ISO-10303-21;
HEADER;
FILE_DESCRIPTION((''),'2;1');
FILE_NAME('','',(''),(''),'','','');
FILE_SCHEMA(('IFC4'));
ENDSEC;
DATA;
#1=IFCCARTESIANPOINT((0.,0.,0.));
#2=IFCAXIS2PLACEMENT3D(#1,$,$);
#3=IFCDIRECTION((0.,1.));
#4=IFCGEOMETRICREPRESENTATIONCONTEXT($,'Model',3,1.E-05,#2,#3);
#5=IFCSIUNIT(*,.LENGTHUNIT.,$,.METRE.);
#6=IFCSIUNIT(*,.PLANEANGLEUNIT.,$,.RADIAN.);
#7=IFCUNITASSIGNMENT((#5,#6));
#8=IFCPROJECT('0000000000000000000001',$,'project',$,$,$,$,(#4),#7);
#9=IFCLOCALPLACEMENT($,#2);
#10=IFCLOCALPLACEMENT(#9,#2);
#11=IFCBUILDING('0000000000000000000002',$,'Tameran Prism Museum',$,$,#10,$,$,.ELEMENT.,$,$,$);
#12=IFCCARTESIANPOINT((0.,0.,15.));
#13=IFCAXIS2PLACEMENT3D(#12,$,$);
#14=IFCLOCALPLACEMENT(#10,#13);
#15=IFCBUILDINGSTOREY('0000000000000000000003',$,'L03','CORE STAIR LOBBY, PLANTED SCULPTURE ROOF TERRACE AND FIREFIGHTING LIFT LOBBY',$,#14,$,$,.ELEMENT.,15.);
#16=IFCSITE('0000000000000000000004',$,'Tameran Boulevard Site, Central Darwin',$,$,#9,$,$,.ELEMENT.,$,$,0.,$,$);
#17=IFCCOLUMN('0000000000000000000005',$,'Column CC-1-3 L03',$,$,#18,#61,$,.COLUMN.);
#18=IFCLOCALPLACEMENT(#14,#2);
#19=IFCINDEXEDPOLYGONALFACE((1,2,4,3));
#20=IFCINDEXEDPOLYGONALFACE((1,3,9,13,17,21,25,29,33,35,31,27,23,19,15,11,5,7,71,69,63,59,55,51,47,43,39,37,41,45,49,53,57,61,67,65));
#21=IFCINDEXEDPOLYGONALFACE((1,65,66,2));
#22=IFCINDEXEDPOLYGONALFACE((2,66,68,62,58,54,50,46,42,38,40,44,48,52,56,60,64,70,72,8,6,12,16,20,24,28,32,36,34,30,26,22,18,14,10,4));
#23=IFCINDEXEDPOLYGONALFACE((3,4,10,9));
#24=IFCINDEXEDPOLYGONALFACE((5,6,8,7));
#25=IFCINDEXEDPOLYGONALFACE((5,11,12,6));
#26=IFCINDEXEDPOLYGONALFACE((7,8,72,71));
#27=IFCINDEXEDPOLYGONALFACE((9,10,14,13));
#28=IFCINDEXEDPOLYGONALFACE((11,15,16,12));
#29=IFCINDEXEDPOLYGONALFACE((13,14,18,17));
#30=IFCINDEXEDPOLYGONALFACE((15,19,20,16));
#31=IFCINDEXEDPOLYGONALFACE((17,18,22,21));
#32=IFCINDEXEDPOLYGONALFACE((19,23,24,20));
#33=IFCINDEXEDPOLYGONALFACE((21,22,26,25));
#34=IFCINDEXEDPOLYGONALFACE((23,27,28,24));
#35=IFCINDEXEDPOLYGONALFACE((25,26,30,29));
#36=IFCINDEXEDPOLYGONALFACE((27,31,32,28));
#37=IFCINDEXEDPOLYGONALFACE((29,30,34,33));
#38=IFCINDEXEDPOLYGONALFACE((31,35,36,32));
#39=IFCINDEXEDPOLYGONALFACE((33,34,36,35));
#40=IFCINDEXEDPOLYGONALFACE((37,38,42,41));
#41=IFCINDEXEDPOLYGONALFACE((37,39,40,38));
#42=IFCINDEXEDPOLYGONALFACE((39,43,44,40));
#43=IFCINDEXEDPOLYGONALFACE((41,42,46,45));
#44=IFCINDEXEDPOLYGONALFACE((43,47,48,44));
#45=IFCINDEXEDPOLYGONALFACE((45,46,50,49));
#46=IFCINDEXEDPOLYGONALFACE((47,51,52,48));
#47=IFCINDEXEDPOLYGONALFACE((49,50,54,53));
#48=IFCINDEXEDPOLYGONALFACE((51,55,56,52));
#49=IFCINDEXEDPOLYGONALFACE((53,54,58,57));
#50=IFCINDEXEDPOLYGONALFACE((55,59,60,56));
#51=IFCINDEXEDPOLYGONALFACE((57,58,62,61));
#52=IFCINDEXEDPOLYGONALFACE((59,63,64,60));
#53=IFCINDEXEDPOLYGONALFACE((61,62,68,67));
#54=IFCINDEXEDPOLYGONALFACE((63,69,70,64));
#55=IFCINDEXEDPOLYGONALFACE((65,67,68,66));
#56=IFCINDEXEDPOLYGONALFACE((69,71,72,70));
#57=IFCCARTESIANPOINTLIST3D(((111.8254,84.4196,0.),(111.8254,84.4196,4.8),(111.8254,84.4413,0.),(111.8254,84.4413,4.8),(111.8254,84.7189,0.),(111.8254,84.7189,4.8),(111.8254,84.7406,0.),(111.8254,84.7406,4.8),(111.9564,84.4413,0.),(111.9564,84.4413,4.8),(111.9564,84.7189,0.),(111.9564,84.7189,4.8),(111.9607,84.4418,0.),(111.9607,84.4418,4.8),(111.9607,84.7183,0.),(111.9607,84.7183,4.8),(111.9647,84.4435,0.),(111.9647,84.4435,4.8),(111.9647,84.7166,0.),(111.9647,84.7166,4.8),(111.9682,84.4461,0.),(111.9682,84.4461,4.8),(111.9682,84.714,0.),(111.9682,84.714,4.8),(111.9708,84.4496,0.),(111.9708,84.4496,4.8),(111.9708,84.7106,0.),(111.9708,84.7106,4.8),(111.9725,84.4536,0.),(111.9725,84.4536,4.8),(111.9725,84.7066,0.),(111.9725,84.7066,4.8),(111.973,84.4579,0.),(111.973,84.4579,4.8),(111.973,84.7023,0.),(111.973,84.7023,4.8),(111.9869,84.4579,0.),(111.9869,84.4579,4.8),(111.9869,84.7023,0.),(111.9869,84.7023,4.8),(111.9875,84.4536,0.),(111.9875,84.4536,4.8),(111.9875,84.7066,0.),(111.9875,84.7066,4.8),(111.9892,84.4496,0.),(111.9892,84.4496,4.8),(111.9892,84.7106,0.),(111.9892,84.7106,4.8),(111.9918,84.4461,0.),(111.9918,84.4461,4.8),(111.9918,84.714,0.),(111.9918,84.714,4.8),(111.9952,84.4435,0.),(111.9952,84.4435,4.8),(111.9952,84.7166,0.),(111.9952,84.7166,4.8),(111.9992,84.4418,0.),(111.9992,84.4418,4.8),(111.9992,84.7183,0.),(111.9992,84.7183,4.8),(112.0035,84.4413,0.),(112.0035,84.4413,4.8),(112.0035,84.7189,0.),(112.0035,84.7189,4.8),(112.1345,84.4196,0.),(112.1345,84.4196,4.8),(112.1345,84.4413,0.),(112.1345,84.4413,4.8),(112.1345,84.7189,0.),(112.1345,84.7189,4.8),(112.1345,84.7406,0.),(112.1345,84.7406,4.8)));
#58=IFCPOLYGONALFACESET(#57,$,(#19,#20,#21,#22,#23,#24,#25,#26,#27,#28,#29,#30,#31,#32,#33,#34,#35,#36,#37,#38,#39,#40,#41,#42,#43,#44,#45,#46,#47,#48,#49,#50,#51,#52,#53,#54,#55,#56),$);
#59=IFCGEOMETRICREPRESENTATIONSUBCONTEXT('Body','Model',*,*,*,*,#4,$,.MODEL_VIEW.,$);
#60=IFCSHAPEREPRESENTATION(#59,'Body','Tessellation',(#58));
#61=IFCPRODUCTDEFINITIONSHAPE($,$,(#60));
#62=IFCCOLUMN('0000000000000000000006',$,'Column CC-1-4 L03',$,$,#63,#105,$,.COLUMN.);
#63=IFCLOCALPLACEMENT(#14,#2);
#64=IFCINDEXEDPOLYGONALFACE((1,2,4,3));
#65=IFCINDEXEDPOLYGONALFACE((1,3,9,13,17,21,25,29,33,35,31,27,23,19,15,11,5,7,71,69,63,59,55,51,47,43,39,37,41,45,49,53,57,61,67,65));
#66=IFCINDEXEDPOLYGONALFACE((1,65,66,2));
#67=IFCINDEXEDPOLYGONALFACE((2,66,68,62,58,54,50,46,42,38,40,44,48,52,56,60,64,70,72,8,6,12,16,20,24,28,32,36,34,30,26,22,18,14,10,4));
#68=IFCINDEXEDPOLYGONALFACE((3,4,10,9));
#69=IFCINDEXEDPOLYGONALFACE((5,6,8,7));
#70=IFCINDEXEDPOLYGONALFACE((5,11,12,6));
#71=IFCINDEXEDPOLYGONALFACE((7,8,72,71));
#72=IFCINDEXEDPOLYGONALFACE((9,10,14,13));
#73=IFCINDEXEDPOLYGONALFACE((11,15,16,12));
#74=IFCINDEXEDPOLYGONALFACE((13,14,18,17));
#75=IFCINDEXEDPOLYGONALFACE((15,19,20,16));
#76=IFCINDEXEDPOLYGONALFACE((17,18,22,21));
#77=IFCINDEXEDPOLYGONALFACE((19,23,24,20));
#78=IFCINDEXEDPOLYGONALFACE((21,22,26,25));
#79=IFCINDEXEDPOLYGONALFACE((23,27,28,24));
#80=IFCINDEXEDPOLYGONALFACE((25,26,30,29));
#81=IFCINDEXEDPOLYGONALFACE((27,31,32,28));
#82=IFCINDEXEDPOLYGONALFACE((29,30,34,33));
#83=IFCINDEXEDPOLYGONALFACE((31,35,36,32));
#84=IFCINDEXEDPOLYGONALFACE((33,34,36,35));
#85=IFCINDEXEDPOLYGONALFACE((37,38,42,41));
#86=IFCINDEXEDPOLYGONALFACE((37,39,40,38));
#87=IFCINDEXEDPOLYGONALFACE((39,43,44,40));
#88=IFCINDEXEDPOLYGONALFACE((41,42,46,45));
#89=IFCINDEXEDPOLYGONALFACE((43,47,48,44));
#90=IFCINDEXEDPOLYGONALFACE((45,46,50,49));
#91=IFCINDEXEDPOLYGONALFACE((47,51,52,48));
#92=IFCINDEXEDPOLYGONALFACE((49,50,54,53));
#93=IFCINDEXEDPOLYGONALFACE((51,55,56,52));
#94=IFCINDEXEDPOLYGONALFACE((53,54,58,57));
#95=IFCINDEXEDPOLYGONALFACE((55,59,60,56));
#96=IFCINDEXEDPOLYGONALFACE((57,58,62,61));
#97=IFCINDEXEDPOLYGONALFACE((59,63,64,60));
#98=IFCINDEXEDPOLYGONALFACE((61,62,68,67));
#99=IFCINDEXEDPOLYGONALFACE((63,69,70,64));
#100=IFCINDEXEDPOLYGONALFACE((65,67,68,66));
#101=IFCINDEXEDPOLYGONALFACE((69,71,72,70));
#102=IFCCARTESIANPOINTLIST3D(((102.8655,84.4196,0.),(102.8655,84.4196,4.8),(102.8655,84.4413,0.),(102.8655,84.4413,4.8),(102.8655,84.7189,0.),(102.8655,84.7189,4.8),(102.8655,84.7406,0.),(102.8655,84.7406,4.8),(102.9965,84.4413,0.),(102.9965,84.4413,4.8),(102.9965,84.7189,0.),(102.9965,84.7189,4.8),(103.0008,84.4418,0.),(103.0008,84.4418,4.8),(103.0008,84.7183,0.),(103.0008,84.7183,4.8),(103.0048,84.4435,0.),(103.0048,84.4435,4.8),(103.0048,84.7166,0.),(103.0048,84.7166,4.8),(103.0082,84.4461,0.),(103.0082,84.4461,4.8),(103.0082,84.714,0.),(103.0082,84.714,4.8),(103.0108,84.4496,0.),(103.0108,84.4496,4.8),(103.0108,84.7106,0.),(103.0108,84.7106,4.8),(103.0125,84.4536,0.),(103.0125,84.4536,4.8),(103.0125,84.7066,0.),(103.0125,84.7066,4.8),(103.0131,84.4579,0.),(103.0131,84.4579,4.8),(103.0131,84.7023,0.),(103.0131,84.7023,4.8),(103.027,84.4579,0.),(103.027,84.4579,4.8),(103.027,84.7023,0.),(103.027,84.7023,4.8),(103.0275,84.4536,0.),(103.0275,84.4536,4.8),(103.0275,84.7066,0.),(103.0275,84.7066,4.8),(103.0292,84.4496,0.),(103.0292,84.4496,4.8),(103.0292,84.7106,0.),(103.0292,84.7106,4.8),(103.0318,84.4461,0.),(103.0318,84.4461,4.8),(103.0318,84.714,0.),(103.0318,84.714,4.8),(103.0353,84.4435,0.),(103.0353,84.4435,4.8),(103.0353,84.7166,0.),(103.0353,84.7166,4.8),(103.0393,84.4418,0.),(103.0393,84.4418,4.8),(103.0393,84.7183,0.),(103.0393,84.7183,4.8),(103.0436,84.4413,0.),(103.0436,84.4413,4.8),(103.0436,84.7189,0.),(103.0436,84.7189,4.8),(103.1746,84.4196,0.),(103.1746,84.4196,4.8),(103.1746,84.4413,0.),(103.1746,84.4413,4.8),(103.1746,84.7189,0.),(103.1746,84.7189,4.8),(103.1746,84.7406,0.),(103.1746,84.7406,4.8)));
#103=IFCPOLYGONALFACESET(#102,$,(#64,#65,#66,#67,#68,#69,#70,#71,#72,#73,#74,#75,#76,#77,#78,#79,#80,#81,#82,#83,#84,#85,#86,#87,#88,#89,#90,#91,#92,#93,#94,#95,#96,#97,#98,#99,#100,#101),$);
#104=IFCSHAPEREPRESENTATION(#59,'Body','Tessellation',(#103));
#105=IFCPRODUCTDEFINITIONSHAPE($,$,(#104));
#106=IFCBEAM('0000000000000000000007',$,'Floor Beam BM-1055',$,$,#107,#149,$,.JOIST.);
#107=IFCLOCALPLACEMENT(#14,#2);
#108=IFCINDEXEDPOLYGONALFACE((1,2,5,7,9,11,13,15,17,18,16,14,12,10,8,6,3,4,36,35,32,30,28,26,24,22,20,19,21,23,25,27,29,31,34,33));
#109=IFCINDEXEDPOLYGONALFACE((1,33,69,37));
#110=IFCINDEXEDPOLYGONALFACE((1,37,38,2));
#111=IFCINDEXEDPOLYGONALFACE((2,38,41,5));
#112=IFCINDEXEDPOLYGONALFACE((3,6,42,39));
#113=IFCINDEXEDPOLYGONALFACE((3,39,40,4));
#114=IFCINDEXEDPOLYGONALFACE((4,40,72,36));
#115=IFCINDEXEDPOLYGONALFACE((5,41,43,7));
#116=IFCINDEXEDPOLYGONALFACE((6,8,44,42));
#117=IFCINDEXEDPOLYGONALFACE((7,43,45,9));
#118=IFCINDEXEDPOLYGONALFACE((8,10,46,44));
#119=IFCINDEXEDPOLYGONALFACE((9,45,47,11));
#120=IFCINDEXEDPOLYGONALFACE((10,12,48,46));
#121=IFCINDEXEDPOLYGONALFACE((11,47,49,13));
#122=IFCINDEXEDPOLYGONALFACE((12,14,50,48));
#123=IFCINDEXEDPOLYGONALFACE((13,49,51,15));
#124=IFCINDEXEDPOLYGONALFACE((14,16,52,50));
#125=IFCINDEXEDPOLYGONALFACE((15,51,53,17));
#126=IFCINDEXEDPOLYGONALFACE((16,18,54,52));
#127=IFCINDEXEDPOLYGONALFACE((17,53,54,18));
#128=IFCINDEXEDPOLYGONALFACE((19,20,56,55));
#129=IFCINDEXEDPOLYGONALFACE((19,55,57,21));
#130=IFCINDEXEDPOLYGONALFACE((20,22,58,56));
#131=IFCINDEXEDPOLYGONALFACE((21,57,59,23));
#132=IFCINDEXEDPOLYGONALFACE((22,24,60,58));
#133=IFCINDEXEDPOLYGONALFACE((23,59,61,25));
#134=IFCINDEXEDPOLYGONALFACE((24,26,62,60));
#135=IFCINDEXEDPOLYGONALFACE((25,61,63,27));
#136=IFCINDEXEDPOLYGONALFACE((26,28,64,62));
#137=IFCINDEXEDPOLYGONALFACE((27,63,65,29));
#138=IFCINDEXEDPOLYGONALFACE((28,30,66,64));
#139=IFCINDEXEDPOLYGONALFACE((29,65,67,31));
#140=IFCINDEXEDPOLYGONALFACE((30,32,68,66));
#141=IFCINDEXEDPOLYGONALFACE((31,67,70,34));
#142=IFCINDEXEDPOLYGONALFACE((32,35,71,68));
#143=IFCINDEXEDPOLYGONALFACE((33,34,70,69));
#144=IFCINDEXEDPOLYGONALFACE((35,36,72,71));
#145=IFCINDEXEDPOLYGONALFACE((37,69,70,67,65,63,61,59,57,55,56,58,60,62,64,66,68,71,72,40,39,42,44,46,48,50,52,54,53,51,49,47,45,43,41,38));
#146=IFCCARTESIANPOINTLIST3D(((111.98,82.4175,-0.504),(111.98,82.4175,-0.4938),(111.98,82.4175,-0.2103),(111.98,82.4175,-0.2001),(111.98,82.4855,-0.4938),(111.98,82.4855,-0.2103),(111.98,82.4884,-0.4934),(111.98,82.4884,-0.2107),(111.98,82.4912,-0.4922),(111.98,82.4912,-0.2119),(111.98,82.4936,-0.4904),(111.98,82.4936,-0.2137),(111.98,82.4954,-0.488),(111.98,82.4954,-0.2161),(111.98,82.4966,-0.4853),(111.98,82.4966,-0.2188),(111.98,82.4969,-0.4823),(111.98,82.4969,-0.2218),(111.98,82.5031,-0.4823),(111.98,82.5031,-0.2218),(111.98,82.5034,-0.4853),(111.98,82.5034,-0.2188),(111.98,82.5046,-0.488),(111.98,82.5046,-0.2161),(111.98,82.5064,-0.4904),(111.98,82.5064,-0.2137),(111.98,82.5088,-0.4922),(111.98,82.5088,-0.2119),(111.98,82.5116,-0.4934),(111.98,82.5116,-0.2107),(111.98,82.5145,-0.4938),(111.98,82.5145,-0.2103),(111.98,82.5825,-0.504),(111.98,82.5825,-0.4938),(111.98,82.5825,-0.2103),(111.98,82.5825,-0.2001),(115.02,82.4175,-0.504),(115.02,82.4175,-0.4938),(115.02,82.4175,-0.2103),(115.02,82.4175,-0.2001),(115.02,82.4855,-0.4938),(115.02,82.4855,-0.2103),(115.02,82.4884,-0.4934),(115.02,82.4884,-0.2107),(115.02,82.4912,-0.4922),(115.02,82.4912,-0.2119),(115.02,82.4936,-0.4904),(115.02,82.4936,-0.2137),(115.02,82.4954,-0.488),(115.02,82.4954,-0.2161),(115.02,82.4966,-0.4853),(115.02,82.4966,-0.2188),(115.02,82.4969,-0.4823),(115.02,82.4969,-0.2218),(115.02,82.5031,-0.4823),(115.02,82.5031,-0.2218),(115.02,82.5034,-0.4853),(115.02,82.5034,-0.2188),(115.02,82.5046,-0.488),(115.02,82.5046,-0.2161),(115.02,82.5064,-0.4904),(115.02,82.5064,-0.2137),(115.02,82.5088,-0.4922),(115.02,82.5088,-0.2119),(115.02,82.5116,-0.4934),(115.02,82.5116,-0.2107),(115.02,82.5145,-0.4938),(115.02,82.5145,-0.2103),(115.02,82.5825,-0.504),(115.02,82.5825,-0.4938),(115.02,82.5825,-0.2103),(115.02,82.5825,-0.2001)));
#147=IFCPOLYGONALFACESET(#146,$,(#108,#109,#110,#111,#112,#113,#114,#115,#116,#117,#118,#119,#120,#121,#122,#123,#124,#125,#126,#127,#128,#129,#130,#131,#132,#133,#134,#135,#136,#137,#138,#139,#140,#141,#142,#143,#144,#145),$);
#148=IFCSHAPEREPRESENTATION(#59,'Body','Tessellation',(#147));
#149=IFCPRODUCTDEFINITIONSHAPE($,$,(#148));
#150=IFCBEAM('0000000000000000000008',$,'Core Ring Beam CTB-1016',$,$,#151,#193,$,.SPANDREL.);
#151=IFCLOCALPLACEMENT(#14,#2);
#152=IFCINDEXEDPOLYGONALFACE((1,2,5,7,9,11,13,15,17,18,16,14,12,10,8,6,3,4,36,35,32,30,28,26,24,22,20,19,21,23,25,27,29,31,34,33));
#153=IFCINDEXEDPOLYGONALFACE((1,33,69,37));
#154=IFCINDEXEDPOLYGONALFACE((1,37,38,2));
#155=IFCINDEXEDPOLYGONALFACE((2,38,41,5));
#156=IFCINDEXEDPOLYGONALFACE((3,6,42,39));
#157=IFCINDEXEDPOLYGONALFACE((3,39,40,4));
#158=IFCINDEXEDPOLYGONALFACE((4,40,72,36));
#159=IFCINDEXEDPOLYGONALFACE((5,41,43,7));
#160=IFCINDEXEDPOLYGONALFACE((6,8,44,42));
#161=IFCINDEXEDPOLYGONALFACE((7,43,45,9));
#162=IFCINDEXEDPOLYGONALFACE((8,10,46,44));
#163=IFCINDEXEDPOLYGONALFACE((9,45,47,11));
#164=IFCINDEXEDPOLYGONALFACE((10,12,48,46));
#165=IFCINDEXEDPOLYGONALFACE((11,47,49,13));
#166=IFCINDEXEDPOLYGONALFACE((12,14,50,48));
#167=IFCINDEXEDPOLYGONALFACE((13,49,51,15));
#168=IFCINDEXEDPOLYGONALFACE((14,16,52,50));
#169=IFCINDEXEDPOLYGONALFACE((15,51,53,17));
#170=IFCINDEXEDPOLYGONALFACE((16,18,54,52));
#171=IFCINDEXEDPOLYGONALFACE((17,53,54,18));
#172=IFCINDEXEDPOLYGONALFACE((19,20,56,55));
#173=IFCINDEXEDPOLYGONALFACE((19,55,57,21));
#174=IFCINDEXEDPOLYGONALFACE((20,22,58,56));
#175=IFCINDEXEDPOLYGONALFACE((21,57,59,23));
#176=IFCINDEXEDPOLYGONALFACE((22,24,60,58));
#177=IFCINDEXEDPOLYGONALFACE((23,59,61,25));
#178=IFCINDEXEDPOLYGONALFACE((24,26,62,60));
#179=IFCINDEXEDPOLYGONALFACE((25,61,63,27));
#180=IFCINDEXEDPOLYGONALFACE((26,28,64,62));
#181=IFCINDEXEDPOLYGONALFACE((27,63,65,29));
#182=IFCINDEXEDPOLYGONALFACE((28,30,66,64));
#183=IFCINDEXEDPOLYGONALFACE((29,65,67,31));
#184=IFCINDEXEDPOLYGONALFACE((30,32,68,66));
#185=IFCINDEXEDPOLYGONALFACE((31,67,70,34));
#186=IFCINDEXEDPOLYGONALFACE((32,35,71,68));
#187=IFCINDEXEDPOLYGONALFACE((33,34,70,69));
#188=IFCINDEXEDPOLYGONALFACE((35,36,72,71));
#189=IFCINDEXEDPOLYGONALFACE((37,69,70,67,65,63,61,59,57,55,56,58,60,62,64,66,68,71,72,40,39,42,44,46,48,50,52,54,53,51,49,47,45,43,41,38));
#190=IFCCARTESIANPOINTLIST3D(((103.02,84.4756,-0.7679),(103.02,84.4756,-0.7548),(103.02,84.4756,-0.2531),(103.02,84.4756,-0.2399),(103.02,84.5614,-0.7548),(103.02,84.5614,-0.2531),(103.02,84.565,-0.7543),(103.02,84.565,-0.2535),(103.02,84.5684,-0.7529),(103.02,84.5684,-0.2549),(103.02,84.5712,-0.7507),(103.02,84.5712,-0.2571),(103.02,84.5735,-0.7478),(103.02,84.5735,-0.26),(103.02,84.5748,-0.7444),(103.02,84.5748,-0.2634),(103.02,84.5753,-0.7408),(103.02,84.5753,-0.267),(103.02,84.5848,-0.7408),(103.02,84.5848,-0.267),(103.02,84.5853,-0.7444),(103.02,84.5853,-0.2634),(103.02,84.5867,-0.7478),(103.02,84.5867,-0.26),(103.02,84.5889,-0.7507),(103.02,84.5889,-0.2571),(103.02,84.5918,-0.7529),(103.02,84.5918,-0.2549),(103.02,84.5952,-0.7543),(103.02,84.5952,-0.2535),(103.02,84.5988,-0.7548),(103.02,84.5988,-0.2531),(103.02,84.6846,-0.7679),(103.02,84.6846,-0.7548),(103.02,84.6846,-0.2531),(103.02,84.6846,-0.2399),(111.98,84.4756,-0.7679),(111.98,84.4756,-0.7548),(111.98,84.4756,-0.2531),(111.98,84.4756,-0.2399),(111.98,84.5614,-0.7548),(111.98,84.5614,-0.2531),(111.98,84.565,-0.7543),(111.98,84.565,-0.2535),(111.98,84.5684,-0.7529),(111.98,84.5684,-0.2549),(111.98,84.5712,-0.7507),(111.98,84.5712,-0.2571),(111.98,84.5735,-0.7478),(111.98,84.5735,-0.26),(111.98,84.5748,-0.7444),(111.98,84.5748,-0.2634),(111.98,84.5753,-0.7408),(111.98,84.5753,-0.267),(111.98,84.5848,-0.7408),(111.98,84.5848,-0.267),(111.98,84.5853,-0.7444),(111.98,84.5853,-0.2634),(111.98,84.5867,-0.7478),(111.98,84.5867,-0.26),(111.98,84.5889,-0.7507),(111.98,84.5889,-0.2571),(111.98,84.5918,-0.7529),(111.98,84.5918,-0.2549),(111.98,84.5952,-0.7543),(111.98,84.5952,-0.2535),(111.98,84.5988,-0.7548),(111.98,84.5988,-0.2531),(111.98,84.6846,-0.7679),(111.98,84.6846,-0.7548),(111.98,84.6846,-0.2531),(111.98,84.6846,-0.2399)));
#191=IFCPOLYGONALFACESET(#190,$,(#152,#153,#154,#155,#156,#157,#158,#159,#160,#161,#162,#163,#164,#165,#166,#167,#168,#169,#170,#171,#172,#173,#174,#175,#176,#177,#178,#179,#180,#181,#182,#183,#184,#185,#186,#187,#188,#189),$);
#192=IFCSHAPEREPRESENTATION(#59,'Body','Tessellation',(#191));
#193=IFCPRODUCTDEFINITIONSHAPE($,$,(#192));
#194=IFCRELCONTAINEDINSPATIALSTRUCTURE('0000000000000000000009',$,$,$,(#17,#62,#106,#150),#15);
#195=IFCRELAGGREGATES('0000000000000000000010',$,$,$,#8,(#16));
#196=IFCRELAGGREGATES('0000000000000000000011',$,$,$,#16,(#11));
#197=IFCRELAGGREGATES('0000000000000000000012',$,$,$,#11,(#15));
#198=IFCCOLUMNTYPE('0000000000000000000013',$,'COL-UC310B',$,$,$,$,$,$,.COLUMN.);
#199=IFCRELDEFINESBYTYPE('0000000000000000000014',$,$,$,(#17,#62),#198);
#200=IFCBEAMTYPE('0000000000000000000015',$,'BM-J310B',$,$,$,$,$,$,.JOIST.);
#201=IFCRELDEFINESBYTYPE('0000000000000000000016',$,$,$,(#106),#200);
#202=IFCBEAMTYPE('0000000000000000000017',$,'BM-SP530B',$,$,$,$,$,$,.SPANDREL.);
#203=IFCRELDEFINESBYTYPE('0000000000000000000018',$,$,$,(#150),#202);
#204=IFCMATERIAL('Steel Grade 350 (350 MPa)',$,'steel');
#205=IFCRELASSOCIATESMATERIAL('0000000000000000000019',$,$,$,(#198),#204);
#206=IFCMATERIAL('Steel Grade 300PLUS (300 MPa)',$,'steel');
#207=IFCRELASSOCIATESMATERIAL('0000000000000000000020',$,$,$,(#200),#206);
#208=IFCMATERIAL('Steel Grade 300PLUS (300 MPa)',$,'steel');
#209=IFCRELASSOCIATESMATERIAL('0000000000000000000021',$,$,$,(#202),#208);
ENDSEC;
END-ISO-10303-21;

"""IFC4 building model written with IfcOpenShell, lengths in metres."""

from ifc_helpers import new_model, si_unit, direction, frame, origin, origin_2d, place, context, subcontext, project, spatial, i_section, extrude, material, material_profile, profile_set, type_object, element, save


model = new_model("IFC4")

# Units and contexts
model_context = context("Model", 3, precision=1e-05, world=origin(), true_north=direction((0.0, 1.0)))
body_context = subcontext(model_context, "Body", "Model", "MODEL_VIEW")
ifc_project = project(units=[si_unit("LENGTHUNIT", "METRE"), si_unit("PLANEANGLEUNIT", "RADIAN")], contexts=[model_context])

# Site, building, storey
site_placement = place(None, origin())
site = spatial("IfcSite", under=ifc_project, at=site_placement, Name="Tameran Boulevard Site, Central Darwin", CompositionType="ELEMENT", RefElevation=0.0)
building_placement = place(site_placement, origin())
building = spatial("IfcBuilding", under=site, at=building_placement, Name="Tameran Prism Museum", CompositionType="ELEMENT")
storey_placement = place(building_placement, frame((0.0, 0.0, 15.0)))
storey = spatial("IfcBuildingStorey", under=building, at=storey_placement, Name="L03", Description="CORE STAIR LOBBY, PLANTED SCULPTURE ROOF TERRACE AND FIREFIGHTING LIFT LOBBY", CompositionType="ELEMENT", Elevation=15.0)

# Columns
ifc_material_1 = material(Name="Steel Grade 350 (350 MPa)", Category="steel")
ifc_material_profile_1 = material_profile(ifc_material_1, i_section(OverallWidth=0.3091, OverallDepth=0.321, WebThickness=0.0139, FlangeThickness=0.0217, FilletRadius=0.0166, at=origin_2d()))
ifc_profile_set_1 = profile_set([ifc_material_profile_1])
column_type = type_object("IfcColumnType", Name="COL-UC310B", PredefinedType="COLUMN", material=ifc_profile_set_1)
for number, where, z_axis, x_axis, name in (
    (1, (111.98, 84.5801, 0.0), (0.0, 0.0, 1.0), (1.0, 0.0, 0.0), "Column CC-1-3 L03"),
    (2, (103.02, 84.5801, 0.0), (0.0, 0.0, 1.0), (1.0, 0.0, 0.0), "Column CC-1-4 L03"),
):
    element("IfcColumn", number, at=place(storey_placement, frame(where, z_axis=z_axis, x_axis=x_axis)), inside=storey, type_object=column_type, Name=name, PredefinedType="COLUMN", context=body_context, shape_type="SweptSolid", body=[
        extrude(i_section(OverallWidth=0.3091, OverallDepth=0.321, WebThickness=0.0139, FlangeThickness=0.0217, FilletRadius=0.0166, at=origin_2d()), origin(), (0.0, 0.0, 1.0), 4.8),
    ])

# Beams
ifc_material_2 = material(Name="Steel Grade 300PLUS (300 MPa)", Category="steel")
ifc_material_profile_2 = material_profile(ifc_material_2, i_section(OverallWidth=0.165, OverallDepth=0.304, WebThickness=0.0061, FlangeThickness=0.0103, FilletRadius=0.0115, at=origin_2d()))
ifc_profile_set_2 = profile_set([ifc_material_profile_2])
beam_type_1 = type_object("IfcBeamType", Name="BM-J310B", PredefinedType="JOIST", material=ifc_profile_set_2)
beam_1_placement = place(storey_placement, frame((111.98, 82.5, -0.3521), z_axis=(1.0, 0.0, 0.0), x_axis=(0.0, 1.0, 0.0)))
element("IfcBeam", 3, at=beam_1_placement, inside=storey, type_object=beam_type_1, Name="Floor Beam BM-1055", PredefinedType="JOIST", context=body_context, shape_type="SweptSolid", body=[
    extrude(i_section(OverallWidth=0.165, OverallDepth=0.304, WebThickness=0.0061, FlangeThickness=0.0103, FilletRadius=0.0115, at=origin_2d()), origin(), (0.0, 0.0, 1.0), 3.04),
])
ifc_material_3 = material(Name="Steel Grade 300PLUS (300 MPa)", Category="steel")
ifc_material_profile_3 = material_profile(ifc_material_3, i_section(OverallWidth=0.209, OverallDepth=0.5281, WebThickness=0.0095, FlangeThickness=0.0132, FilletRadius=0.0139, at=origin_2d()))
ifc_profile_set_3 = profile_set([ifc_material_profile_3])
beam_type_2 = type_object("IfcBeamType", Name="BM-SP530B", PredefinedType="SPANDREL", material=ifc_profile_set_3)
beam_2_placement = place(storey_placement, frame((111.98, 84.5801, -0.5039), z_axis=(-1.0, 0.0, 0.0), x_axis=(0.0, -1.0, 0.0)))
element("IfcBeam", 4, at=beam_2_placement, inside=storey, type_object=beam_type_2, Name="Core Ring Beam CTB-1016", PredefinedType="SPANDREL", context=body_context, shape_type="SweptSolid", body=[
    extrude(i_section(OverallWidth=0.209, OverallDepth=0.5281, WebThickness=0.0095, FlangeThickness=0.0132, FilletRadius=0.0139, at=origin_2d()), origin(), (0.0, 0.0, 1.0), 8.96),
])

save(model, "model.ifc")
